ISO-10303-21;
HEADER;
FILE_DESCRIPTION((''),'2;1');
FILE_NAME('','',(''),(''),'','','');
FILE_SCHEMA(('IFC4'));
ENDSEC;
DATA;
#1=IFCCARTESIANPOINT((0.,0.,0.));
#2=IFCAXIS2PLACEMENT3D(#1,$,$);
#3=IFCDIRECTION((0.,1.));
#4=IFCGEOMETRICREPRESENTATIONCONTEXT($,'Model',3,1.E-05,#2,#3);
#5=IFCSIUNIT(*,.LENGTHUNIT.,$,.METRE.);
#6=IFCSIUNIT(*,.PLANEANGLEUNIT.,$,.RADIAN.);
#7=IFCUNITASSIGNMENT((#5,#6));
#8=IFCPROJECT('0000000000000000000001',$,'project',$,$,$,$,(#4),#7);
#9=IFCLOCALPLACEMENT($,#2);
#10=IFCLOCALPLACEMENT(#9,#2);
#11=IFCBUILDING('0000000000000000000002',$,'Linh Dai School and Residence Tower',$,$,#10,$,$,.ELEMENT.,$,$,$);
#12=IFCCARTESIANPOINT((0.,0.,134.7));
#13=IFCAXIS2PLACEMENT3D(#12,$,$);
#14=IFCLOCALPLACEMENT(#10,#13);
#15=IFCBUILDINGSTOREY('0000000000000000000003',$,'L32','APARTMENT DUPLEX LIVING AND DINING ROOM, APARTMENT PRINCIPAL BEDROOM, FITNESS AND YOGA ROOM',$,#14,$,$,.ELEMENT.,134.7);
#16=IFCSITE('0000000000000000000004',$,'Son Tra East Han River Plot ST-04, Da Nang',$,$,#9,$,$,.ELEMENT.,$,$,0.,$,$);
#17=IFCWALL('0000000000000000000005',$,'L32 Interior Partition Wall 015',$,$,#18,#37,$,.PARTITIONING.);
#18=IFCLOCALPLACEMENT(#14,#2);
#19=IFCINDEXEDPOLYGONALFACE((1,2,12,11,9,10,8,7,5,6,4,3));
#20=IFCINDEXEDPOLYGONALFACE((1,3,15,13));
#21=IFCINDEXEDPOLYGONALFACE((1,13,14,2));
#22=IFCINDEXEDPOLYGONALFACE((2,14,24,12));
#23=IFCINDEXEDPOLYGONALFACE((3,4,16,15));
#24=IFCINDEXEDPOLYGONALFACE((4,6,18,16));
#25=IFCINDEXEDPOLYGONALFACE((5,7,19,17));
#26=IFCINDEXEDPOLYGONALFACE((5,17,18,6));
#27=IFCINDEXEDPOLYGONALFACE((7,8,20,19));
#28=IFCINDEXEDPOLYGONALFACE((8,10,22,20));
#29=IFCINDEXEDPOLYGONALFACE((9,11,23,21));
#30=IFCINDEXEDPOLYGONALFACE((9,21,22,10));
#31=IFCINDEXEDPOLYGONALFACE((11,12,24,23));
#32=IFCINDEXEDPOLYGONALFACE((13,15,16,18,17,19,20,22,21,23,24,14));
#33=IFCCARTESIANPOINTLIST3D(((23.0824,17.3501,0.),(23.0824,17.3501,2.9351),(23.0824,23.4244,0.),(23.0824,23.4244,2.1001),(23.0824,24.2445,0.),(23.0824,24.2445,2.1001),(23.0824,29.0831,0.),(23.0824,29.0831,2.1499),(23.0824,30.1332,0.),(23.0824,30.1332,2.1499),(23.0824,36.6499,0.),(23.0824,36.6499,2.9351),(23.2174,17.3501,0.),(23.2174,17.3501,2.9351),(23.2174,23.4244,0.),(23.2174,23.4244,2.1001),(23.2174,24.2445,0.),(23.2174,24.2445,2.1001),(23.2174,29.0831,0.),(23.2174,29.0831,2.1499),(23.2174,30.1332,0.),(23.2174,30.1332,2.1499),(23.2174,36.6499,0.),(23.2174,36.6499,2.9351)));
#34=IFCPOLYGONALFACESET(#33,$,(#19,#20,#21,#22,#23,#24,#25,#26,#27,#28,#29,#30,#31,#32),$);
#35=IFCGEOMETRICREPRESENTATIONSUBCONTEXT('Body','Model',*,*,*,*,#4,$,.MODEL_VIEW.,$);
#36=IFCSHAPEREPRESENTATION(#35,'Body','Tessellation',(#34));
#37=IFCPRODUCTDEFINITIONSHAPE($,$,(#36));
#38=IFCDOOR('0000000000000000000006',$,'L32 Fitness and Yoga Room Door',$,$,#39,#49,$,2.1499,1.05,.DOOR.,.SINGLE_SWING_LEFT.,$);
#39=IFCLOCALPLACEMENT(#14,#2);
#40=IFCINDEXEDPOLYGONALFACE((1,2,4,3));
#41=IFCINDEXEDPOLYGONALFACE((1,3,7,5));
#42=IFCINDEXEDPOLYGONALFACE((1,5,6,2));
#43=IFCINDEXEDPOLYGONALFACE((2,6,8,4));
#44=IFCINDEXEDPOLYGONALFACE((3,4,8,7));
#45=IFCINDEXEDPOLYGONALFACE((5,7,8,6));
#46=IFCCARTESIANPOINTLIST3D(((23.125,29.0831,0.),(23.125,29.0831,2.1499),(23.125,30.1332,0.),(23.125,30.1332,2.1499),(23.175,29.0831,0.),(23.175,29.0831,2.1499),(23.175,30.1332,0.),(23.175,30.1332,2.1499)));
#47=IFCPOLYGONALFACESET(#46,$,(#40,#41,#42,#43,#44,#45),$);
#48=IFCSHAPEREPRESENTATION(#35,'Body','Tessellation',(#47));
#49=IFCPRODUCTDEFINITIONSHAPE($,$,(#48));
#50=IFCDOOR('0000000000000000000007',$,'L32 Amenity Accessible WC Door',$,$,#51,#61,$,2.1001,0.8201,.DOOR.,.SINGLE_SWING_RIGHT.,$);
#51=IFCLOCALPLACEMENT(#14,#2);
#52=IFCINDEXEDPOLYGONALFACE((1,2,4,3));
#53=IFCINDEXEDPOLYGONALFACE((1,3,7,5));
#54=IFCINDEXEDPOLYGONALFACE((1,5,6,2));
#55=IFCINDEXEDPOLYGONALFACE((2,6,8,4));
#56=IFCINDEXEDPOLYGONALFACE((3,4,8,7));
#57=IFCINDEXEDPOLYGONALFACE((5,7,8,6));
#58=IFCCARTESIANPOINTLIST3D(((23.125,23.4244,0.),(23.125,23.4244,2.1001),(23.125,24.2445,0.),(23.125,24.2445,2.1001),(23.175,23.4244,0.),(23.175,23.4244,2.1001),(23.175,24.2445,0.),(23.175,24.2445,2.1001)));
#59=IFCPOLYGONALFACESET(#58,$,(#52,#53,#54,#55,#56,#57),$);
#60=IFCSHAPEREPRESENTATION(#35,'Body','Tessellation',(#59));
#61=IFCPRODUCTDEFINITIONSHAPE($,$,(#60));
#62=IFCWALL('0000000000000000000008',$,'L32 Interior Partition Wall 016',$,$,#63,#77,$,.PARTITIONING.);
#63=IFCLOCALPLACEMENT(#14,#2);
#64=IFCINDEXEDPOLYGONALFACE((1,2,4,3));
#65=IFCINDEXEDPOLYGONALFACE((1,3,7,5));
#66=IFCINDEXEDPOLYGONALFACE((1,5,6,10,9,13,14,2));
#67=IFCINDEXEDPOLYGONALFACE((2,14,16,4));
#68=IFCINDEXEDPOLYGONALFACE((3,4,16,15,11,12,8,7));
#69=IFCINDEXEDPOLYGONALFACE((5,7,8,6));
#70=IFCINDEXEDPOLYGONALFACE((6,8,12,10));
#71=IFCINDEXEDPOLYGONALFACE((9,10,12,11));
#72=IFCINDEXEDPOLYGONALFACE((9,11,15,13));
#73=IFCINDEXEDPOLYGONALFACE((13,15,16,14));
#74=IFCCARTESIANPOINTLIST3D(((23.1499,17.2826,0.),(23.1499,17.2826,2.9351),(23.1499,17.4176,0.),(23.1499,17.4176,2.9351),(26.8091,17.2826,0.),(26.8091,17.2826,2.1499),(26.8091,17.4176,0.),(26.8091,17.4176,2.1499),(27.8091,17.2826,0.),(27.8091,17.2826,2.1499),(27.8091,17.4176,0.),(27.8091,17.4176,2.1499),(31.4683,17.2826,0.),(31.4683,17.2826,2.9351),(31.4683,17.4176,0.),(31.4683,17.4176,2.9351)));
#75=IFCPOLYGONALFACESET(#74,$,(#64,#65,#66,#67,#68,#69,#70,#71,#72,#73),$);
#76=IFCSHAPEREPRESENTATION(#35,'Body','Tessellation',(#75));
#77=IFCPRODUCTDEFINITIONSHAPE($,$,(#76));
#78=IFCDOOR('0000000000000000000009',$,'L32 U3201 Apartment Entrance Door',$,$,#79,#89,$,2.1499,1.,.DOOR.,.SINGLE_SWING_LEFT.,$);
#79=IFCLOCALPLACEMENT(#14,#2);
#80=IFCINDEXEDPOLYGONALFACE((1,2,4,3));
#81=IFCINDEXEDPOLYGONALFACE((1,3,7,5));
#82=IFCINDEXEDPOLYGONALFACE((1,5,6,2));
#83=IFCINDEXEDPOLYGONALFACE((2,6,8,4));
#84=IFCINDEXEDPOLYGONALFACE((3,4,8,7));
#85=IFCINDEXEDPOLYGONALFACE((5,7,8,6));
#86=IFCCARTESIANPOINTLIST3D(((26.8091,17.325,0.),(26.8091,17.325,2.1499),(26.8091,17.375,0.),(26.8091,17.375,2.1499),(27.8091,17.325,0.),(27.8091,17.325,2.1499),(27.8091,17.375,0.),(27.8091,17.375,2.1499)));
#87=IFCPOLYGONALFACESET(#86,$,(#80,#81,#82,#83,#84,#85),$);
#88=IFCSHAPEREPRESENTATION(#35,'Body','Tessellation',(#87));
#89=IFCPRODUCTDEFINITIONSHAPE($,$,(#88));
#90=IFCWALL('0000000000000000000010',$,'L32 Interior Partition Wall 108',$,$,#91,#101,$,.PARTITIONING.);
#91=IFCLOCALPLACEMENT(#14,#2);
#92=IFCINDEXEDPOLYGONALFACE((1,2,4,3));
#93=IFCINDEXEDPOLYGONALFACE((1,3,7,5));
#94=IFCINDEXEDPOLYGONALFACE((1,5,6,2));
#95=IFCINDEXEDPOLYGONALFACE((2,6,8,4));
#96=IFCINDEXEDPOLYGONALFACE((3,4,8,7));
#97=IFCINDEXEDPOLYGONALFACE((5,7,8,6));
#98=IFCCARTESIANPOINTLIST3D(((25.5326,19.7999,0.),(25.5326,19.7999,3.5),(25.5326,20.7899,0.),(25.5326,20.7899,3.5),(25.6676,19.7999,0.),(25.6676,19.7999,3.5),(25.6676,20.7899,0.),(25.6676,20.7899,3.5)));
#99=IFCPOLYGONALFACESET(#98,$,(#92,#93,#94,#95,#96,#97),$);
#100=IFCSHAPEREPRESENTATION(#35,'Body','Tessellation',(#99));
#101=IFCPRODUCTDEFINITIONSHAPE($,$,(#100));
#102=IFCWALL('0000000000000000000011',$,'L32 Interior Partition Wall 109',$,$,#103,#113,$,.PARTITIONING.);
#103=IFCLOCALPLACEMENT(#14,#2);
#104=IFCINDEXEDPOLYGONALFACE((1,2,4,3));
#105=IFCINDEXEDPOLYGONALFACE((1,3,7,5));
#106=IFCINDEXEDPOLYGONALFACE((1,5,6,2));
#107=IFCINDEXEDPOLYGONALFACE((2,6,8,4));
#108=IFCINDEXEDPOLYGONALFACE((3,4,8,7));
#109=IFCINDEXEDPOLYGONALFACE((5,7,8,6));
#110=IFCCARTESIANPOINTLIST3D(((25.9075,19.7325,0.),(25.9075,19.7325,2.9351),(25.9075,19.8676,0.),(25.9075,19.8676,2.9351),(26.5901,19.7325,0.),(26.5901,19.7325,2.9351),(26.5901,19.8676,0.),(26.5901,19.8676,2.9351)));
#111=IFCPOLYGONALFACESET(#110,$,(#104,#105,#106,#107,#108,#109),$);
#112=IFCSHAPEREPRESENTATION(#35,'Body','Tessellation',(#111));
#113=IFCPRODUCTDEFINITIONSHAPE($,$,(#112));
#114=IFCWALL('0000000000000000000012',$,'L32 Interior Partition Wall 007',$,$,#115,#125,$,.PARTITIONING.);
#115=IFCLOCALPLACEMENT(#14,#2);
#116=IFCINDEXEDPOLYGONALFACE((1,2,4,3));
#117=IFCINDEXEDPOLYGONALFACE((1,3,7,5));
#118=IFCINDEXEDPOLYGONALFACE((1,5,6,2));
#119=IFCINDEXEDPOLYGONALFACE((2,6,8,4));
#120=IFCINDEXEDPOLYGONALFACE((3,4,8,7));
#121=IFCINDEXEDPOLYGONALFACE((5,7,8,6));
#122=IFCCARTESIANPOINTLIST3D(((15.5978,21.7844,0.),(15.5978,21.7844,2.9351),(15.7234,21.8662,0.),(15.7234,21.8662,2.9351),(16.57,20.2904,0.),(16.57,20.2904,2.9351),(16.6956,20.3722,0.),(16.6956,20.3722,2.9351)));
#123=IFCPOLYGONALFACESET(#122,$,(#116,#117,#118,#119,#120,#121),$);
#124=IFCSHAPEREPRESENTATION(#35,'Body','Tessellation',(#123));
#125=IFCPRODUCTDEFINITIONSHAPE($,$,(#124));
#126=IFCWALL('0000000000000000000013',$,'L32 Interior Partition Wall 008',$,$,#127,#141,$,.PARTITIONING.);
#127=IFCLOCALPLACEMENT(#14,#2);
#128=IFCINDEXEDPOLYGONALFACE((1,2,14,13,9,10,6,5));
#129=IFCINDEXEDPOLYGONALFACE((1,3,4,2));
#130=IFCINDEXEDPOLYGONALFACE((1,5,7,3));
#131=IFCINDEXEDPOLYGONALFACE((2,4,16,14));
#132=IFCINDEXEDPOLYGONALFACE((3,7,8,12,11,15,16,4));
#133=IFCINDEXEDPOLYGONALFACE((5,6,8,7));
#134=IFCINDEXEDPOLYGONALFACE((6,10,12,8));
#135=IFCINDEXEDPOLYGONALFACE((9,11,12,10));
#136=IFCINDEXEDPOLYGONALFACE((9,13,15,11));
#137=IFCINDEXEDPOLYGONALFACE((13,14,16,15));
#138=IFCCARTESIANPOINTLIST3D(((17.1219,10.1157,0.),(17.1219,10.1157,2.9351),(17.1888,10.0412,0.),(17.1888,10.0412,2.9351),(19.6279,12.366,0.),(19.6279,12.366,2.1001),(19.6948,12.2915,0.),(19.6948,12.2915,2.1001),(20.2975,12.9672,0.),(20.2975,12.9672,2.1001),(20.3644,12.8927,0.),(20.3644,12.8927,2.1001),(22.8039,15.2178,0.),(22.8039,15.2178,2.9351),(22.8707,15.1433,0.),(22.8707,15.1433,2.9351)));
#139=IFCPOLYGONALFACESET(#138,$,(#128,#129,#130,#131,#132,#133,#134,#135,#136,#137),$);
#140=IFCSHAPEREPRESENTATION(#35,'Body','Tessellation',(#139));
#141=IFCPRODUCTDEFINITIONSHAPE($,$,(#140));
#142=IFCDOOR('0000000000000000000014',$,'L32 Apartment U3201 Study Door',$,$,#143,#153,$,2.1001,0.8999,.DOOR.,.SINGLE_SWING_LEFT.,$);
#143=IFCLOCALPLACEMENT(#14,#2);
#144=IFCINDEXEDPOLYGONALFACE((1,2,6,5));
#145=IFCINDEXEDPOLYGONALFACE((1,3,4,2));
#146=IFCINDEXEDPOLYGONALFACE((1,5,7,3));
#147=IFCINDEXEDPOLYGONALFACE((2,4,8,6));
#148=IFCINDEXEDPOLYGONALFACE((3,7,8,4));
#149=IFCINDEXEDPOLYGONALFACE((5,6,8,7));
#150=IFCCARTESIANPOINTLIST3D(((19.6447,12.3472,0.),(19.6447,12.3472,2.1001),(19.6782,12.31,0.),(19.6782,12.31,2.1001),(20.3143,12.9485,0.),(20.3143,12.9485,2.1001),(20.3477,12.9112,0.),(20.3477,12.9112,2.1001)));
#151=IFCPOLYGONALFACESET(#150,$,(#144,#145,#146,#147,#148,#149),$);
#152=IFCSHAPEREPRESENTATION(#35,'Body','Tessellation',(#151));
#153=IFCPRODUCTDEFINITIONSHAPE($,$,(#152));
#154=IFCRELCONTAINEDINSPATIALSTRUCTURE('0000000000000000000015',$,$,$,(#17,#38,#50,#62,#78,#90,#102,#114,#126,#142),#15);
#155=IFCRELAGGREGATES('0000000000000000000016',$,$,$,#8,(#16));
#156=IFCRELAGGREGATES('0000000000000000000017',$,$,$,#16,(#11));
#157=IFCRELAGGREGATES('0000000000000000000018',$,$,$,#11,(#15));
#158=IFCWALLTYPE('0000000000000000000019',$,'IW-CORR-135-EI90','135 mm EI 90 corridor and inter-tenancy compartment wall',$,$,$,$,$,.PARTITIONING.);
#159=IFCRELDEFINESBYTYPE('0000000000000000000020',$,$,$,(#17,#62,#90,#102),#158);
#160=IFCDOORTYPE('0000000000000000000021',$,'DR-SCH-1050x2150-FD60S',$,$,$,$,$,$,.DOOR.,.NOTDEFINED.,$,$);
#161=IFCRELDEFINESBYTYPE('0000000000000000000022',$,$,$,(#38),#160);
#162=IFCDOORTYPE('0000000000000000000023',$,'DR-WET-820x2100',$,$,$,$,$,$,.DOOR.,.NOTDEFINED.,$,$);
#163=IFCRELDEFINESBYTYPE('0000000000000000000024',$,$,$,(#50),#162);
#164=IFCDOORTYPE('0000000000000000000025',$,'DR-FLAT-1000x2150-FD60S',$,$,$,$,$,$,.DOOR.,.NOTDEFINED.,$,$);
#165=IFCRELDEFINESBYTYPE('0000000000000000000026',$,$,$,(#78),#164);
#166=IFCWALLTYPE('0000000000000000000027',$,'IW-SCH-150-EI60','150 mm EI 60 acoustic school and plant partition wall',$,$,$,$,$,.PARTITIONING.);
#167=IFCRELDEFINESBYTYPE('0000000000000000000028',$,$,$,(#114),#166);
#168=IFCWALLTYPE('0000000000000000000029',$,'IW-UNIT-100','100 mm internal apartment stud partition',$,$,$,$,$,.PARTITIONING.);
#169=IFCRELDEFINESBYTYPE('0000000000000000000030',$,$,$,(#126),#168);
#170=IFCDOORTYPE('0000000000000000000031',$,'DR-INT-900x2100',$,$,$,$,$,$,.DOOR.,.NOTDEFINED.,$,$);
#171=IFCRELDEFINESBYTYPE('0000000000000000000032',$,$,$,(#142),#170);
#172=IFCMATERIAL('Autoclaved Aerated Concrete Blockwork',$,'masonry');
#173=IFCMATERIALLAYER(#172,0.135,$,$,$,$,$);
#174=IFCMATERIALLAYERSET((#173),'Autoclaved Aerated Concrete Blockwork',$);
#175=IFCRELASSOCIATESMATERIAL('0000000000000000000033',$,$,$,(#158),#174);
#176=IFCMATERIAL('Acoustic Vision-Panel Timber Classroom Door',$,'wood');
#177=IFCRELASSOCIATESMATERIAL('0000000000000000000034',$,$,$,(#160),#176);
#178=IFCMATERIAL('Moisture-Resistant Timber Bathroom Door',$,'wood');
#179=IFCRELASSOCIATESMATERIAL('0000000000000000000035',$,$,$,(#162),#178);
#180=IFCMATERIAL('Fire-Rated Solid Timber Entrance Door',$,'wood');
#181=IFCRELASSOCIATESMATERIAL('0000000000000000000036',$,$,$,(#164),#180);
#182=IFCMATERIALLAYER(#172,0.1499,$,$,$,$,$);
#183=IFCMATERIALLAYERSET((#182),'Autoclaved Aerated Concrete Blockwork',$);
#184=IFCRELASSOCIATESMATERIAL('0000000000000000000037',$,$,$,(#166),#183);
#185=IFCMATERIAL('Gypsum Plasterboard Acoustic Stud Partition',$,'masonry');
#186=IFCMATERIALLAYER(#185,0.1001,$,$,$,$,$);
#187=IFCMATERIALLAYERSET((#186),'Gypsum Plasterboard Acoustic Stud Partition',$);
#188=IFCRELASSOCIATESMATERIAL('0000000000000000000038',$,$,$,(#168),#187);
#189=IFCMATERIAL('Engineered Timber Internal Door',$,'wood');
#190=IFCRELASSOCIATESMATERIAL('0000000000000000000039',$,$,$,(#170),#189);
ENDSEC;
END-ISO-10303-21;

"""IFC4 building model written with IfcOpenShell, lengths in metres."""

from ifc_helpers import new_model, si_unit, direction, frame, frame_2d, origin, origin_2d, place, context, subcontext, project, spatial, rectangle, extrude, source, transform, mapped, material, layer, layer_set, type_object, element, fill, save


model = new_model("IFC4")

# Units and contexts
model_context = context("Model", 3, precision=1e-05, world=origin(), true_north=direction((0.0, 1.0)))
body_context = subcontext(model_context, "Body", "Model", "MODEL_VIEW")
ifc_project = project(units=[si_unit("LENGTHUNIT", "METRE"), si_unit("PLANEANGLEUNIT", "RADIAN")], contexts=[model_context])

# Site, building, storey
site_placement = place(None, origin())
site = spatial("IfcSite", under=ifc_project, at=site_placement, Name="Son Tra East Han River Plot ST-04, Da Nang", CompositionType="ELEMENT", RefElevation=0.0)
building_placement = place(site_placement, origin())
building = spatial("IfcBuilding", under=site, at=building_placement, Name="Linh Dai School and Residence Tower", CompositionType="ELEMENT")
storey_placement = place(building_placement, frame((0.0, 0.0, 134.7)))
storey = spatial("IfcBuildingStorey", under=building, at=storey_placement, Name="L32", Description="APARTMENT DUPLEX LIVING AND DINING ROOM, APARTMENT PRINCIPAL BEDROOM, FITNESS AND YOGA ROOM", CompositionType="ELEMENT", Elevation=134.7)

# Wall, openings, doors
ifc_material_1 = material(Name="Autoclaved Aerated Concrete Blockwork", Category="masonry")
ifc_layer_1 = layer(ifc_material_1, 0.135)
ifc_layer_set_1 = layer_set([ifc_layer_1], Name="Autoclaved Aerated Concrete Blockwork")
wall_type_1 = type_object("IfcWallType", Name="IW-CORR-135-EI90", Description="135 mm EI 90 corridor and inter-tenancy compartment wall", PredefinedType="PARTITIONING", material=ifc_layer_set_1)
wall_1_placement = place(storey_placement, frame((23.1499, 17.3501, 0.0), z_axis=(0.0, 0.0, 1.0), x_axis=(0.0, 1.0, 0.0)))
wall_1 = element("IfcWall", 1, at=wall_1_placement, inside=storey, type_object=wall_type_1, Name="L32 Interior Partition Wall 015", PredefinedType="PARTITIONING", context=body_context, shape_type="SweptSolid", body=[
    extrude(rectangle(XDim=19.2998, YDim=0.135, at=frame_2d((9.6499, 0.0))), origin(), (0.0, 0.0, 1.0), 2.9351),
])
opening_1_placement = place(wall_1_placement, frame((11.7332, 0.0, 0.0)))
opening_1 = element("IfcOpeningElement", 2, at=opening_1_placement, cuts=wall_1, PredefinedType="OPENING", context=body_context, shape_type="SweptSolid", body=[
    extrude(rectangle(XDim=1.05, YDim=2.1499, at=origin_2d()), frame((0.5249, 0.0776, 1.075), z_axis=(0.0, -1.0, 0.0), x_axis=(1.0, 0.0, 0.0)), (0.0, 0.0, 1.0), 0.155),
])
opening_2_placement = place(wall_1_placement, frame((6.0742, 0.0, 0.0)))
opening_2 = element("IfcOpeningElement", 3, at=opening_2_placement, cuts=wall_1, PredefinedType="OPENING", context=body_context, shape_type="SweptSolid", body=[
    extrude(rectangle(XDim=0.8201, YDim=2.1001, at=origin_2d()), frame((0.4102, 0.0776, 1.05), z_axis=(0.0, -1.0, 0.0), x_axis=(1.0, 0.0, 0.0)), (0.0, 0.0, 1.0), 0.155),
])
ifc_material_2 = material(Name="Acoustic Vision-Panel Timber Classroom Door", Category="wood")
door_type_1 = type_object("IfcDoorType", Name="DR-SCH-1050x2150-FD60S", OperationType="NOTDEFINED", PredefinedType="DOOR", material=ifc_material_2)
shared_shape_1 = source(origin(), body_context, "Body", "SweptSolid", [
    extrude(rectangle(XDim=1.05, YDim=2.1499, at=origin_2d()), frame((0.5249, 0.0249, 1.075), z_axis=(0.0, -1.0, 0.0), x_axis=(1.0, 0.0, 0.0)), (0.0, 0.0, 1.0), 0.05),
])
door_1_placement = place(opening_1_placement, origin())
door_1 = element("IfcDoor", 4, at=door_1_placement, inside=storey, type_object=door_type_1, Name="L32 Fitness and Yoga Room Door", OperationType="SINGLE_SWING_LEFT", OverallHeight=2.1499, OverallWidth=1.05, PredefinedType="DOOR", context=body_context, shape_type="MappedRepresentation", body=[
    mapped(shared_shape_1, transform((0.0, 0.0, 0.0), x_axis=(1.0, 0.0, 0.0), y_axis=(0.0, 1.0, 0.0), z_axis=(0.0, 0.0, 1.0), scale=1.0)),
])
fill(opening_1, door_1)
ifc_material_3 = material(Name="Moisture-Resistant Timber Bathroom Door", Category="wood")
door_type_2 = type_object("IfcDoorType", Name="DR-WET-820x2100", OperationType="NOTDEFINED", PredefinedType="DOOR", material=ifc_material_3)
shared_shape_2 = source(origin(), body_context, "Body", "SweptSolid", [
    extrude(rectangle(XDim=0.8201, YDim=2.1001, at=origin_2d()), frame((0.4102, 0.0249, 1.05), z_axis=(0.0, -1.0, 0.0), x_axis=(1.0, 0.0, 0.0)), (0.0, 0.0, 1.0), 0.05),
])
door_2_placement = place(opening_2_placement, origin())
door_2 = element("IfcDoor", 5, at=door_2_placement, inside=storey, type_object=door_type_2, Name="L32 Amenity Accessible WC Door", OperationType="SINGLE_SWING_RIGHT", OverallHeight=2.1001, OverallWidth=0.8201, PredefinedType="DOOR", context=body_context, shape_type="MappedRepresentation", body=[
    mapped(shared_shape_2, transform((0.0, 0.0, 0.0), x_axis=(1.0, 0.0, 0.0), y_axis=(0.0, 1.0, 0.0), z_axis=(0.0, 0.0, 1.0), scale=1.0)),
])
fill(opening_2, door_2)

# Wall, opening, door
wall_2_placement = place(storey_placement, frame((23.1499, 17.3501, 0.0), z_axis=(0.0, 0.0, 1.0), x_axis=(1.0, 0.0, 0.0)))
wall_2 = element("IfcWall", 6, at=wall_2_placement, inside=storey, type_object=wall_type_1, Name="L32 Interior Partition Wall 016", PredefinedType="PARTITIONING", context=body_context, shape_type="SweptSolid", body=[
    extrude(rectangle(XDim=8.3184, YDim=0.135, at=frame_2d((4.1592, 0.0))), origin(), (0.0, 0.0, 1.0), 2.9351),
])
opening_3_placement = place(wall_2_placement, frame((3.6592, 0.0, 0.0)))
opening_3 = element("IfcOpeningElement", 7, at=opening_3_placement, cuts=wall_2, PredefinedType="OPENING", context=body_context, shape_type="SweptSolid", body=[
    extrude(rectangle(XDim=1.0, YDim=2.1499, at=origin_2d()), frame((0.5, 0.0776, 1.075), z_axis=(0.0, -1.0, 0.0), x_axis=(1.0, 0.0, 0.0)), (0.0, 0.0, 1.0), 0.155),
])
ifc_material_4 = material(Name="Fire-Rated Solid Timber Entrance Door", Category="wood")
door_type_3 = type_object("IfcDoorType", Name="DR-FLAT-1000x2150-FD60S", OperationType="NOTDEFINED", PredefinedType="DOOR", material=ifc_material_4)
shared_shape_3 = source(origin(), body_context, "Body", "SweptSolid", [
    extrude(rectangle(XDim=1.0, YDim=2.1499, at=origin_2d()), frame((0.5, 0.0249, 1.075), z_axis=(0.0, -1.0, 0.0), x_axis=(1.0, 0.0, 0.0)), (0.0, 0.0, 1.0), 0.05),
])
door_3_placement = place(opening_3_placement, origin())
door_3 = element("IfcDoor", 8, at=door_3_placement, inside=storey, type_object=door_type_3, Name="L32 U3201 Apartment Entrance Door", OperationType="SINGLE_SWING_LEFT", OverallHeight=2.1499, OverallWidth=1.0, PredefinedType="DOOR", context=body_context, shape_type="MappedRepresentation", body=[
    mapped(shared_shape_3, transform((0.0, 0.0, 0.0), x_axis=(1.0, 0.0, 0.0), y_axis=(0.0, 1.0, 0.0), z_axis=(0.0, 0.0, 1.0), scale=1.0)),
])
fill(opening_3, door_3)

# Walls
wall_3_placement = place(storey_placement, frame((25.6001, 20.79, 0.0), z_axis=(0.0, 0.0, 1.0), x_axis=(0.0, -1.0, 0.0)))
element("IfcWall", 9, at=wall_3_placement, inside=storey, type_object=wall_type_1, Name="L32 Interior Partition Wall 108", PredefinedType="PARTITIONING", context=body_context, shape_type="SweptSolid", body=[
    extrude(rectangle(XDim=0.99, YDim=0.135, at=frame_2d((0.4951, 0.0))), origin(), (0.0, 0.0, 1.0), 3.5),
])
wall_4_placement = place(storey_placement, frame((25.9075, 19.8, 0.0), z_axis=(0.0, 0.0, 1.0), x_axis=(1.0, 0.0, 0.0)))
element("IfcWall", 10, at=wall_4_placement, inside=storey, type_object=wall_type_1, Name="L32 Interior Partition Wall 109", PredefinedType="PARTITIONING", context=body_context, shape_type="SweptSolid", body=[
    extrude(rectangle(XDim=0.6826, YDim=0.135, at=frame_2d((0.3413, 0.0))), origin(), (0.0, 0.0, 1.0), 2.9351),
])
ifc_layer_2 = layer(ifc_material_1, 0.1499)
ifc_layer_set_2 = layer_set([ifc_layer_2], Name="Autoclaved Aerated Concrete Blockwork")
wall_type_2 = type_object("IfcWallType", Name="IW-SCH-150-EI60", Description="150 mm EI 60 acoustic school and plant partition wall", PredefinedType="PARTITIONING", material=ifc_layer_set_2)
wall_5_placement = place(storey_placement, frame((15.6606, 21.8252, 0.0), z_axis=(0.0, 0.0, 1.0), x_axis=(0.545436, -0.838152, 0.0)))
element("IfcWall", 11, at=wall_5_placement, inside=storey, type_object=wall_type_2, Name="L32 Interior Partition Wall 007", PredefinedType="PARTITIONING", context=body_context, shape_type="SweptSolid", body=[
    extrude(rectangle(XDim=1.7825, YDim=0.1499, at=frame_2d((0.8911, 0.0))), origin(), (0.0, 0.0, 1.0), 2.9351),
])

# Wall, opening, door
ifc_material_5 = material(Name="Gypsum Plasterboard Acoustic Stud Partition", Category="masonry")
ifc_layer_3 = layer(ifc_material_5, 0.1001)
ifc_layer_set_3 = layer_set([ifc_layer_3], Name="Gypsum Plasterboard Acoustic Stud Partition")
wall_type_3 = type_object("IfcWallType", Name="IW-UNIT-100", Description="100 mm internal apartment stud partition", PredefinedType="PARTITIONING", material=ifc_layer_set_3)
wall_6_placement = place(storey_placement, frame((17.1553, 10.0784, 0.0), z_axis=(0.0, 0.0, 1.0), x_axis=(0.744052, 0.668122, 0.0)))
wall_6 = element("IfcWall", 12, at=wall_6_placement, inside=storey, type_object=wall_type_3, Name="L32 Interior Partition Wall 008", PredefinedType="PARTITIONING", context=body_context, shape_type="SweptSolid", body=[
    extrude(rectangle(XDim=7.6365, YDim=0.1001, at=frame_2d((3.8184, 0.0))), origin(), (0.0, 0.0, 1.0), 2.9351),
])
opening_4_placement = place(wall_6_placement, frame((3.3682, 0.0, 0.0)))
opening_4 = element("IfcOpeningElement", 13, at=opening_4_placement, cuts=wall_6, PredefinedType="OPENING", context=body_context, shape_type="SweptSolid", body=[
    extrude(rectangle(XDim=0.8999, YDim=2.1001, at=origin_2d()), frame((0.45, 0.0601, 1.05), z_axis=(0.0, -1.0, 0.0), x_axis=(1.0, 0.0, 0.0)), (0.0, 0.0, 1.0), 0.1201),
])
ifc_material_6 = material(Name="Engineered Timber Internal Door", Category="wood")
door_type_4 = type_object("IfcDoorType", Name="DR-INT-900x2100", OperationType="NOTDEFINED", PredefinedType="DOOR", material=ifc_material_6)
shared_shape_4 = source(origin(), body_context, "Body", "SweptSolid", [
    extrude(rectangle(XDim=0.8999, YDim=2.1001, at=origin_2d()), frame((0.45, 0.0249, 1.05), z_axis=(0.0, -1.0, 0.0), x_axis=(1.0, 0.0, 0.0)), (0.0, 0.0, 1.0), 0.05),
])
door_4_placement = place(opening_4_placement, origin())
door_4 = element("IfcDoor", 14, at=door_4_placement, inside=storey, type_object=door_type_4, Name="L32 Apartment U3201 Study Door", OperationType="SINGLE_SWING_LEFT", OverallHeight=2.1001, OverallWidth=0.8999, PredefinedType="DOOR", context=body_context, shape_type="MappedRepresentation", body=[
    mapped(shared_shape_4, transform((0.0, 0.0, 0.0), x_axis=(1.0, 0.0, 0.0), y_axis=(0.0, 1.0, 0.0), z_axis=(0.0, 0.0, 1.0), scale=1.0)),
])
fill(opening_4, door_4)

save(model, "model.ifc")
